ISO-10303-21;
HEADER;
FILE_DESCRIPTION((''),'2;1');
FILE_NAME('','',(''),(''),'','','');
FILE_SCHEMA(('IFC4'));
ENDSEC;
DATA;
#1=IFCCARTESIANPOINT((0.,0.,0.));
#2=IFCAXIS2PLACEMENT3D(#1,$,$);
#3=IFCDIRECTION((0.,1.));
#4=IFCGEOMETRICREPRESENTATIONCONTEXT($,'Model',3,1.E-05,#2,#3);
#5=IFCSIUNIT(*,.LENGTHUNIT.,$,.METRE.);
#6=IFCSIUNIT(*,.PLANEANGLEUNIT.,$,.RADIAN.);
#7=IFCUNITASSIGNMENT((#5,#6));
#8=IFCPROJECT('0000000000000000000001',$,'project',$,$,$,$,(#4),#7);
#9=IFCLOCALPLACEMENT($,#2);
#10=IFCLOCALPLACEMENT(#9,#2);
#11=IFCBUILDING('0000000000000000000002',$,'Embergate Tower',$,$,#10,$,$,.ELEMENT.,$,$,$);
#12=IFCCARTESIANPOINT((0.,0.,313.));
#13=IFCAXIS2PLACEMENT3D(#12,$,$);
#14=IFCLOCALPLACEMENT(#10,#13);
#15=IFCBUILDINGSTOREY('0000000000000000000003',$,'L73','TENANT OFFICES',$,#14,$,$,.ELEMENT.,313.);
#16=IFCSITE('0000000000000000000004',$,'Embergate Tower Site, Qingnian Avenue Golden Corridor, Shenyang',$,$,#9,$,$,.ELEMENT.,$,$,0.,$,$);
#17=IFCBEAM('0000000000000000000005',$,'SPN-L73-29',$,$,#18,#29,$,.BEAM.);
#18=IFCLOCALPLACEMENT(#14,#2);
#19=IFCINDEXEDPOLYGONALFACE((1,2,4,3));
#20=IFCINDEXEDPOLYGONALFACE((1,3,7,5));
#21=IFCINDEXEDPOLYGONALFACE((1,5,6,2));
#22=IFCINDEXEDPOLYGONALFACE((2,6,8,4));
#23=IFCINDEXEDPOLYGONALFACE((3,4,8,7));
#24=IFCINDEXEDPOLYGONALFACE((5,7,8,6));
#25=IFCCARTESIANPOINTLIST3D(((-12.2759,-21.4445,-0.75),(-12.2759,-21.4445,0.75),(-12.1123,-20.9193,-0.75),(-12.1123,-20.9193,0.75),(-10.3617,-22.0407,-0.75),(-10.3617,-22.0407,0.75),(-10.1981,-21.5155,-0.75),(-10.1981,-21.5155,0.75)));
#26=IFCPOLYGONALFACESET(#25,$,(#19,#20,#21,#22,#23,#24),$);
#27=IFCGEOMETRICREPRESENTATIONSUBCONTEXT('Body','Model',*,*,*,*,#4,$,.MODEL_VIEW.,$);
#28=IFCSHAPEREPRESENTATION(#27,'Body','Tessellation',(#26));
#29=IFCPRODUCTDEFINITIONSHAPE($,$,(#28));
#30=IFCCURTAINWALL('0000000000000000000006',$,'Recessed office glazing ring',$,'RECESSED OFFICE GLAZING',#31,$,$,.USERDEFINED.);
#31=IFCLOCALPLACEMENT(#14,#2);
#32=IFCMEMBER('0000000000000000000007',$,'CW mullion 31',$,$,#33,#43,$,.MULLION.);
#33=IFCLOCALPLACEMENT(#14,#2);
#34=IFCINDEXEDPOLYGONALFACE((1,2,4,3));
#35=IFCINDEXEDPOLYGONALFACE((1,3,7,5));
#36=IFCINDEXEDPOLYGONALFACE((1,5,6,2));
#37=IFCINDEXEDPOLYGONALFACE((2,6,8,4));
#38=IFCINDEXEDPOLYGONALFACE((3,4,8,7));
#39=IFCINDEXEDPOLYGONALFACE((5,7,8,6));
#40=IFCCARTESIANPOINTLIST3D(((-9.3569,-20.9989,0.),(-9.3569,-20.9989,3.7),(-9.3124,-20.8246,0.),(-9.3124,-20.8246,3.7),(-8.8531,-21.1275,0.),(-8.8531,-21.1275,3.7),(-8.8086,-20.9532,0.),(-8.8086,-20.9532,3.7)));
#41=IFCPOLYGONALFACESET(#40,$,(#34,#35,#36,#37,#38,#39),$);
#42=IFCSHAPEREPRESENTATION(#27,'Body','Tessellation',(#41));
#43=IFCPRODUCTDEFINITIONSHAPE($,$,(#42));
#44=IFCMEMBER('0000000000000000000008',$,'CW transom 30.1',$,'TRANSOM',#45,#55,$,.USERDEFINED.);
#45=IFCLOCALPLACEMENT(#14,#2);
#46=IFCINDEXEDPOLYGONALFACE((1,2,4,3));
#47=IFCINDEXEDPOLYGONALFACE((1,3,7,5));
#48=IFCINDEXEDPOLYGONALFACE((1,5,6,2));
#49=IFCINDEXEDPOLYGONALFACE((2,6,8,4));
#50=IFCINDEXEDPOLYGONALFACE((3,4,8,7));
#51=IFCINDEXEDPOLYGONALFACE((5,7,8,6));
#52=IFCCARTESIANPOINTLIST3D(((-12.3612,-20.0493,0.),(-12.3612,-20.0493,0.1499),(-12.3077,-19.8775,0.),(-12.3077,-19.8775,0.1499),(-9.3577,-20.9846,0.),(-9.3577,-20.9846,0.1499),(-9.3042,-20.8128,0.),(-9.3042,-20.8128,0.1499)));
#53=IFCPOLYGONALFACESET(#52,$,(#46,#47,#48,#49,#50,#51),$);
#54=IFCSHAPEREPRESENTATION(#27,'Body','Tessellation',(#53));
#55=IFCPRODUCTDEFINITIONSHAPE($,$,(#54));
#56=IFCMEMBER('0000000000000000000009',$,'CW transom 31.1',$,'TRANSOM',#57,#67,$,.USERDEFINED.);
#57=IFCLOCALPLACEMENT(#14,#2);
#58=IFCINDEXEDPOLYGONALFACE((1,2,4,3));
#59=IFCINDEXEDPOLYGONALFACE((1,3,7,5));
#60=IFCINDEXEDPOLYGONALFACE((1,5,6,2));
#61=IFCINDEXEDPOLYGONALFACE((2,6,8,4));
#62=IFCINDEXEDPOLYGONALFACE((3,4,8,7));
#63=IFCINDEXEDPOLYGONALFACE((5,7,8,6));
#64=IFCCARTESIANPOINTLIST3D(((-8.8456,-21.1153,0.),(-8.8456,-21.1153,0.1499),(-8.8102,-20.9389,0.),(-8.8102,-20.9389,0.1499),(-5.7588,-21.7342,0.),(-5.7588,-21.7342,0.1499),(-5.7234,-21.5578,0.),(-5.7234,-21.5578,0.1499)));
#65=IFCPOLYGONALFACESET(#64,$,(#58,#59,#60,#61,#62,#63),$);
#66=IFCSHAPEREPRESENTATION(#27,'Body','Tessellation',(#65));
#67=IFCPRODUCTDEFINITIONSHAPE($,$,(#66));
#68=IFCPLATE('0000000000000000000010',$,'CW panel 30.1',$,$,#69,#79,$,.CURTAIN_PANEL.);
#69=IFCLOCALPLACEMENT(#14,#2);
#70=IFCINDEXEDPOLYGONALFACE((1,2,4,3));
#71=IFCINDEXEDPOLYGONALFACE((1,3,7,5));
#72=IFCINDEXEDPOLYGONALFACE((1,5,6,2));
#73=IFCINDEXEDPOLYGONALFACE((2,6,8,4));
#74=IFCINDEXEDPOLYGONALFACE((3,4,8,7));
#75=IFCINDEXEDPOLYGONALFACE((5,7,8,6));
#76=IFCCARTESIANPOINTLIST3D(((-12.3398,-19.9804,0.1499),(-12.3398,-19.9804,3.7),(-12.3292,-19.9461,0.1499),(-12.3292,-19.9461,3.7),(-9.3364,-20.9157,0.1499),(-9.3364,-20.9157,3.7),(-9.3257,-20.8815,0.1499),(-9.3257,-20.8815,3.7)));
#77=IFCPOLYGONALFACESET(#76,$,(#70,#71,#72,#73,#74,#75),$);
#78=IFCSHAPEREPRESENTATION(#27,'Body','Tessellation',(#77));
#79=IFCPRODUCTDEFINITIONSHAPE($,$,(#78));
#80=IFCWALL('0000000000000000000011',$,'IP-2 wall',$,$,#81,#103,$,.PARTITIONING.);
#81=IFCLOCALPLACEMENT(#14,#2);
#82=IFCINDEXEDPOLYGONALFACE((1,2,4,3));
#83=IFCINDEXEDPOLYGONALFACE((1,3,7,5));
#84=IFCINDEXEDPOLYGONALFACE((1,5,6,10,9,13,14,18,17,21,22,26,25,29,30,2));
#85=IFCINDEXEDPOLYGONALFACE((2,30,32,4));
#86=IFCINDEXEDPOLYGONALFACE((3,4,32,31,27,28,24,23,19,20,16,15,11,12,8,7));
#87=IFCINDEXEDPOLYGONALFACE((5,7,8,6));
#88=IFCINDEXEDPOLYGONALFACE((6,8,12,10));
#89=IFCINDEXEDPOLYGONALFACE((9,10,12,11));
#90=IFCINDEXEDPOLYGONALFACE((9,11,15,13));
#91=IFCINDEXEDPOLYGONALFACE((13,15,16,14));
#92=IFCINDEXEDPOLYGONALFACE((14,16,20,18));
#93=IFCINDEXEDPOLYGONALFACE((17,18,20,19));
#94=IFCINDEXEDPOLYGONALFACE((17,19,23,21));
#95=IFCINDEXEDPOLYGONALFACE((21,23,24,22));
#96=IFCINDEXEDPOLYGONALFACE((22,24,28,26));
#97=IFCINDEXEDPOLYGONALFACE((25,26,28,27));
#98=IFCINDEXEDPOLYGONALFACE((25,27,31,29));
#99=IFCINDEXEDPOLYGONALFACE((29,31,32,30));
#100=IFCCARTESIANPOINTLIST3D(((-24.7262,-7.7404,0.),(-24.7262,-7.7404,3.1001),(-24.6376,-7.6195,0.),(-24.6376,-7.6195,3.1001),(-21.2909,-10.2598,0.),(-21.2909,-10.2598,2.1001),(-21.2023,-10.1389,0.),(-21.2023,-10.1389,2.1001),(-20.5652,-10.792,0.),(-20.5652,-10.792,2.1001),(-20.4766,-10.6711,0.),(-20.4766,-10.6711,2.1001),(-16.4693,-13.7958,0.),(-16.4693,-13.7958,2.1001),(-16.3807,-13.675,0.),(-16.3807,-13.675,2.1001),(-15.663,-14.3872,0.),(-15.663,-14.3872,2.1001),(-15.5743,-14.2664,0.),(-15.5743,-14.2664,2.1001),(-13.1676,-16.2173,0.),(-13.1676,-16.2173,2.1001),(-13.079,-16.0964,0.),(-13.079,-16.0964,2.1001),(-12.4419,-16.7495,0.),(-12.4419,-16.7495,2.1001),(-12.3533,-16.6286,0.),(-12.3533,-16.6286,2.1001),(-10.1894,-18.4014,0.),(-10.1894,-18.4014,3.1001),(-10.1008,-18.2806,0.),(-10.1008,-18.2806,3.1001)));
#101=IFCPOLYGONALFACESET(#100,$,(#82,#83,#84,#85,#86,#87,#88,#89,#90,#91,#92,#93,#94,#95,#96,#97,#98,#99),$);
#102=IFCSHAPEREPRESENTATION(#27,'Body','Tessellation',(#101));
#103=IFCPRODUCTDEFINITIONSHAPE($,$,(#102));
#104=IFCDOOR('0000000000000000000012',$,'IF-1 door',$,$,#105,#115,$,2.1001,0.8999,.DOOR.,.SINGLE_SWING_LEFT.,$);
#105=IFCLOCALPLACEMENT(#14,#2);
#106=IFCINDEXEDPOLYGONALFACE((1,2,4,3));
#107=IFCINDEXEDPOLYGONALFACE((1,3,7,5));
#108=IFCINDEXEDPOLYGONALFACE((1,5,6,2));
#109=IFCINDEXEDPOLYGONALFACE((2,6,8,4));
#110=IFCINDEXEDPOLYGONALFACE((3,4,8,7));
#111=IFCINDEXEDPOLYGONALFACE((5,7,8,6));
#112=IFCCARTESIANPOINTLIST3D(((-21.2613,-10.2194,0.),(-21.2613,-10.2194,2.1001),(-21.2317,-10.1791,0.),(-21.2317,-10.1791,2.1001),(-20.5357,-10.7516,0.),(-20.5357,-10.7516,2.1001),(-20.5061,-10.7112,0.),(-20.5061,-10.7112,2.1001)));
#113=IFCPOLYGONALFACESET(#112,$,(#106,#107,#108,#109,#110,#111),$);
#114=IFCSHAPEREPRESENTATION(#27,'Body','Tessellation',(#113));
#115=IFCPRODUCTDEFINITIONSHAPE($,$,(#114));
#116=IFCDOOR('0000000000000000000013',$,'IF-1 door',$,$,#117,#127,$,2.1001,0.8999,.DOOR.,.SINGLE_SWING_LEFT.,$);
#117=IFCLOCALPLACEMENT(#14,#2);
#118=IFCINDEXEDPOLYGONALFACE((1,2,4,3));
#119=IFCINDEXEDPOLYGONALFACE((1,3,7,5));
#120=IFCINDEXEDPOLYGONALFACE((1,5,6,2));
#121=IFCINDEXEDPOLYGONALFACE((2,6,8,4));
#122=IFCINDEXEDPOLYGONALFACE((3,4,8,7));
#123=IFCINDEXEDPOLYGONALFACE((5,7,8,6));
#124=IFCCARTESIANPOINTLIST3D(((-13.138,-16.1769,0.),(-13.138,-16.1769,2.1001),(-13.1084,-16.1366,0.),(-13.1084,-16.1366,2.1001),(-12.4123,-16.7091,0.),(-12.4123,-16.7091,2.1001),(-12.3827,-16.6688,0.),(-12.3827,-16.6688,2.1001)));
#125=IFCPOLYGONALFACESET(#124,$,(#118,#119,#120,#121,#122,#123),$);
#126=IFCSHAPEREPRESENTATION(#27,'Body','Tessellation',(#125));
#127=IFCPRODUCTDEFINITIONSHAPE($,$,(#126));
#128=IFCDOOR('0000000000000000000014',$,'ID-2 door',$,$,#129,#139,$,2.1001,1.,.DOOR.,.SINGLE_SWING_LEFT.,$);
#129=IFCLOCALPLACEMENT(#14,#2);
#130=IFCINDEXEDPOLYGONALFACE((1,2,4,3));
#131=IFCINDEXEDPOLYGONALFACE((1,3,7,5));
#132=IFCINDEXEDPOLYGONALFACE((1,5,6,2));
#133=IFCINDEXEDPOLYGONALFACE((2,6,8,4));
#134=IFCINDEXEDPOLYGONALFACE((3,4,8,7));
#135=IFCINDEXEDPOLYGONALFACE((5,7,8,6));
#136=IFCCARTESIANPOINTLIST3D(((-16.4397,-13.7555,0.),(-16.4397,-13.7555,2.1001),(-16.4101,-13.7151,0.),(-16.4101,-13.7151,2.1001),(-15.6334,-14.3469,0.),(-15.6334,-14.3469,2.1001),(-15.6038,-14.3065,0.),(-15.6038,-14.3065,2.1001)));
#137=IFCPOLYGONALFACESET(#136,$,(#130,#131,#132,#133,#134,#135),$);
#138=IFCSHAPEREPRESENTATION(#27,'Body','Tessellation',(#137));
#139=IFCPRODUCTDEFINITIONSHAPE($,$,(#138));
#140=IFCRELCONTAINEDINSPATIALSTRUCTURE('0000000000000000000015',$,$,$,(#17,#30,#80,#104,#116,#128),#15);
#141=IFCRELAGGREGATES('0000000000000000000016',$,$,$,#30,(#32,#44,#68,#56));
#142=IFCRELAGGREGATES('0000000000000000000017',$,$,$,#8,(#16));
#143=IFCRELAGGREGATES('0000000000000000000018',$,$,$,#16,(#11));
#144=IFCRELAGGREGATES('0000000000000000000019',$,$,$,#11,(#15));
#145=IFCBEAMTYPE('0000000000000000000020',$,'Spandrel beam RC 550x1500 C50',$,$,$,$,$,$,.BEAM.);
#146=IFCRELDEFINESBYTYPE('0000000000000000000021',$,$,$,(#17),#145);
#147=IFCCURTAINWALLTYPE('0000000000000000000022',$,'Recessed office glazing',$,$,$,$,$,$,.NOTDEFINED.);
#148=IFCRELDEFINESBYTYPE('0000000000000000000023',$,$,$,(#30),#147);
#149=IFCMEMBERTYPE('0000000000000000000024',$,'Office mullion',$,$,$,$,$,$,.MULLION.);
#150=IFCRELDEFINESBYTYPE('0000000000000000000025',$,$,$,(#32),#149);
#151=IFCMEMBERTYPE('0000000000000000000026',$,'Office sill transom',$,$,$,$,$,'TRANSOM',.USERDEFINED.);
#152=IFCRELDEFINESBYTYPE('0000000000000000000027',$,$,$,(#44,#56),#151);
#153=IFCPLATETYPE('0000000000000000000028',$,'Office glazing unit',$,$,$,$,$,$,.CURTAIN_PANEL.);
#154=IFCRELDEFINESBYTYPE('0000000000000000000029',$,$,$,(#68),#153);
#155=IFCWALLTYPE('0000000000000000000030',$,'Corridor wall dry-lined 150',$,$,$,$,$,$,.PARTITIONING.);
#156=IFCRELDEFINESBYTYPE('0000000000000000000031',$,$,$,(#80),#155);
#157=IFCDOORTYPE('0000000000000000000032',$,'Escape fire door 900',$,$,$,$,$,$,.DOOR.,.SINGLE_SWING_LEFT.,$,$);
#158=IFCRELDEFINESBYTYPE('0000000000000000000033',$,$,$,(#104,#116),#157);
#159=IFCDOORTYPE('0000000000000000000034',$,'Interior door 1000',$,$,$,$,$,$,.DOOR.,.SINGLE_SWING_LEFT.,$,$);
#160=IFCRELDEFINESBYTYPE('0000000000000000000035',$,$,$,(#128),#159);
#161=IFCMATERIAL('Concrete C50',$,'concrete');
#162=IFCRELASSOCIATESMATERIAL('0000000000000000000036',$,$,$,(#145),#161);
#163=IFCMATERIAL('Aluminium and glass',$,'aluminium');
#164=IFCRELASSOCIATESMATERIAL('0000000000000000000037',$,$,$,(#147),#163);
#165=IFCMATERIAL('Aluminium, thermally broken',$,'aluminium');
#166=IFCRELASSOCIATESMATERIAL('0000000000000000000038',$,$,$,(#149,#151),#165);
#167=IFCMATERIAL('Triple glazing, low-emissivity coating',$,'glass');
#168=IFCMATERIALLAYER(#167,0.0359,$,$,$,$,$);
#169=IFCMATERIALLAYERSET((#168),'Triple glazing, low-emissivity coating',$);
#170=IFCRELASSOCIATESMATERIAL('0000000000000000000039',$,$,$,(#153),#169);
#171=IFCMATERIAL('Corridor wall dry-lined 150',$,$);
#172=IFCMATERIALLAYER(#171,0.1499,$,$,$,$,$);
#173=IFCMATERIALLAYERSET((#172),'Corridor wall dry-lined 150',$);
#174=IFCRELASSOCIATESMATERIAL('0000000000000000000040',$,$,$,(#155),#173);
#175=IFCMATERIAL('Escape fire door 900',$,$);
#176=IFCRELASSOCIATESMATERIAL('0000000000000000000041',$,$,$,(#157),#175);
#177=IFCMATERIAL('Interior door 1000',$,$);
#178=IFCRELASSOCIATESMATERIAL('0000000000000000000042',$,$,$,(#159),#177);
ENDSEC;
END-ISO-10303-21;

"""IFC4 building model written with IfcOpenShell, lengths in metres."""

from ifc_helpers import new_model, si_unit, direction, frame, frame_2d, origin, origin_2d, place, context, subcontext, project, spatial, rectangle, extrude, source, transform, mapped, material, layer, layer_set, material_profile, profile_set, type_object, element, fill, aggregate, save


model = new_model("IFC4")

# Units and contexts
model_context = context("Model", 3, precision=1e-05, world=origin(), true_north=direction((0.0, 1.0)))
body_context = subcontext(model_context, "Body", "Model", "MODEL_VIEW")
ifc_project = project(units=[si_unit("LENGTHUNIT", "METRE"), si_unit("PLANEANGLEUNIT", "RADIAN")], contexts=[model_context])

# Site, building, storey
site_placement = place(None, origin())
site = spatial("IfcSite", under=ifc_project, at=site_placement, Name="Embergate Tower Site, Qingnian Avenue Golden Corridor, Shenyang", CompositionType="ELEMENT", RefElevation=0.0)
building_placement = place(site_placement, origin())
building = spatial("IfcBuilding", under=site, at=building_placement, Name="Embergate Tower", CompositionType="ELEMENT")
storey_placement = place(building_placement, frame((0.0, 0.0, 313.0)))
storey = spatial("IfcBuildingStorey", under=building, at=storey_placement, Name="L73", Description="TENANT OFFICES", CompositionType="ELEMENT", Elevation=313.0)

# Beam
ifc_material_1 = material(Name="Concrete C50", Category="concrete")
ifc_material_profile_1 = material_profile(ifc_material_1, rectangle(XDim=0.55, YDim=1.5, at=origin_2d()), Name="RC 550x1500")
ifc_profile_set_1 = profile_set([ifc_material_profile_1], Name="Concrete C50")
beam_type = type_object("IfcBeamType", Name="Spandrel beam RC 550x1500 C50", PredefinedType="BEAM", material=ifc_profile_set_1)
shared_shape_1 = source(origin(), body_context, "Body", "SweptSolid", [
    extrude(rectangle(XDim=0.55, YDim=1.5, at=origin_2d()), origin(), (0.0, 0.0, 1.0), 2.0049),
])
beam_placement = place(storey_placement, frame((-12.1941, -21.1819, 0.0), z_axis=(0.954757, -0.297387, 0.0), x_axis=(0.297387, 0.954757, 0.0)))
element("IfcBeam", 1, at=beam_placement, inside=storey, type_object=beam_type, Name="SPN-L73-29", PredefinedType="BEAM", context=body_context, shape_type="MappedRepresentation", body=[
    mapped(shared_shape_1, transform((0.0, 0.0, 0.0))),
])

# Curtain wall, members, plate
ifc_material_2 = material(Name="Aluminium and glass", Category="aluminium")
curtain_wall_type = type_object("IfcCurtainWallType", Name="Recessed office glazing", PredefinedType="NOTDEFINED", material=ifc_material_2)
curtain_wall_placement = place(storey_placement, origin())
curtain_wall = element("IfcCurtainWall", 2, at=curtain_wall_placement, inside=storey, type_object=curtain_wall_type, Name="Recessed office glazing ring", ObjectType="RECESSED OFFICE GLAZING", PredefinedType="USERDEFINED")
ifc_material_3 = material(Name="Aluminium, thermally broken", Category="aluminium")
ifc_material_profile_2 = material_profile(ifc_material_3, rectangle(XDim=0.1799, YDim=0.52, at=origin_2d()), Name="AL 520x180")
ifc_profile_set_2 = profile_set([ifc_material_profile_2], Name="Aluminium, thermally broken")
member_type_1 = type_object("IfcMemberType", Name="Office mullion", PredefinedType="MULLION", material=ifc_profile_set_2)
shared_shape_2 = source(origin(), body_context, "Body", "SweptSolid", [
    extrude(rectangle(XDim=0.1799, YDim=0.52, at=origin_2d()), origin(), (0.0, 0.0, 1.0), 3.7),
])
member_1_placement = place(storey_placement, frame((-9.0828, -20.9761, 0.0), z_axis=(0.0, 0.0, 1.0), x_axis=(0.24731, 0.968936, 0.0)))
member_1 = element("IfcMember", 3, at=member_1_placement, type_object=member_type_1, Name="CW mullion 31", PredefinedType="MULLION", context=body_context, shape_type="MappedRepresentation", body=[
    mapped(shared_shape_2, transform((0.0, 0.0, 0.0))),
])
ifc_material_profile_3 = material_profile(ifc_material_3, rectangle(XDim=0.1799, YDim=0.1499, at=origin_2d()), Name="AL 150x180")
ifc_profile_set_3 = profile_set([ifc_material_profile_3], Name="Aluminium, thermally broken")
member_type_2 = type_object("IfcMemberType", Name="Office sill transom", ElementType="TRANSOM", PredefinedType="USERDEFINED", material=ifc_profile_set_3)
shared_shape_3 = source(origin(), body_context, "Body", "SweptSolid", [
    extrude(rectangle(XDim=0.1799, YDim=0.1499, at=origin_2d()), origin(), (0.0, 0.0, 1.0), 3.1458),
])
member_2_placement = place(storey_placement, frame((-12.3345, -19.9634, 0.075), z_axis=(0.954775, -0.297329, 0.0), x_axis=(0.297329, 0.954775, 0.0)))
member_2 = element("IfcMember", 4, at=member_2_placement, type_object=member_type_2, Name="CW transom 30.1", ObjectType="TRANSOM", PredefinedType="USERDEFINED", context=body_context, shape_type="MappedRepresentation", body=[
    mapped(shared_shape_3, transform((0.0, 0.0, 0.0))),
])
shared_shape_4 = source(origin(), body_context, "Body", "SweptSolid", [
    extrude(rectangle(XDim=0.1799, YDim=0.1499, at=origin_2d()), origin(), (0.0, 0.0, 1.0), 3.1482),
])
member_3_placement = place(storey_placement, frame((-8.8279, -21.0271, 0.075), z_axis=(0.980485, -0.196593, 0.0), x_axis=(0.196593, 0.980485, 0.0)))
member_3 = element("IfcMember", 5, at=member_3_placement, type_object=member_type_2, Name="CW transom 31.1", ObjectType="TRANSOM", PredefinedType="USERDEFINED", context=body_context, shape_type="MappedRepresentation", body=[
    mapped(shared_shape_4, transform((0.0, 0.0, 0.0))),
])
ifc_material_4 = material(Name="Triple glazing, low-emissivity coating", Category="glass")
ifc_layer_1 = layer(ifc_material_4, 0.0359)
ifc_layer_set_1 = layer_set([ifc_layer_1], Name="Triple glazing, low-emissivity coating")
plate_type = type_object("IfcPlateType", Name="Office glazing unit", PredefinedType="CURTAIN_PANEL", material=ifc_layer_set_1)
shared_shape_5 = source(origin(), body_context, "Body", "SweptSolid", [
    extrude(rectangle(XDim=3.1458, YDim=0.0359, at=origin_2d()), origin(), (0.0, 0.0, 1.0), 3.55),
])
plate_placement = place(storey_placement, frame((-10.8328, -20.4309, 0.1499), z_axis=(0.0, 0.0, 1.0), x_axis=(0.954771, -0.297342, 0.0)))
plate = element("IfcPlate", 6, at=plate_placement, type_object=plate_type, Name="CW panel 30.1", PredefinedType="CURTAIN_PANEL", context=body_context, shape_type="MappedRepresentation", body=[
    mapped(shared_shape_5, transform((0.0, 0.0, 0.0))),
])
aggregate(curtain_wall, [member_1, member_2, plate, member_3])

# Wall, openings, doors
ifc_material_5 = material(Name="Corridor wall dry-lined 150")
ifc_layer_2 = layer(ifc_material_5, 0.1499)
ifc_layer_set_2 = layer_set([ifc_layer_2], Name="Corridor wall dry-lined 150")
wall_type_1 = type_object("IfcWallType", Name="Corridor wall dry-lined 150", PredefinedType="PARTITIONING", material=ifc_layer_set_2)
shared_shape_6 = source(origin(), body_context, "Body", "SweptSolid", [
    extrude(rectangle(XDim=18.0271, YDim=0.1499, at=frame_2d((9.0137, 0.0))), origin(), (0.0, 0.0, 1.0), 3.1001),
])
wall_1_placement = place(storey_placement, frame((-10.145, -18.3411, 0.0), z_axis=(0.0, 0.0, 1.0), x_axis=(-0.806385, 0.591391, 0.0)))
wall_1 = element("IfcWall", 7, at=wall_1_placement, inside=storey, type_object=wall_type_1, Name="IP-2 wall", PredefinedType="PARTITIONING", context=body_context, shape_type="MappedRepresentation", body=[
    mapped(shared_shape_6, transform((0.0, 0.0, 0.0))),
])
shared_shape_7 = source(origin(), body_context, "Body", "SweptSolid", [
    extrude(rectangle(XDim=0.8999, YDim=2.1001, at=frame_2d((0.45, 1.05))), frame((0.0, 0.085, 0.0), z_axis=(0.0, -1.0, 0.0), x_axis=(1.0, 0.0, 0.0)), (0.0, 0.0, 1.0), 0.1699),
])
opening_1_placement = place(wall_1_placement, frame((12.8672, 0.0, 0.0)))
opening_1 = element("IfcOpeningElement", 8, at=opening_1_placement, cuts=wall_1, PredefinedType="OPENING", context=body_context, shape_type="MappedRepresentation", body=[
    mapped(shared_shape_7, transform((0.0, 0.0, 0.0))),
])
shared_shape_8 = source(origin(), body_context, "Body", "SweptSolid", [
    extrude(rectangle(XDim=1.0, YDim=2.1001, at=frame_2d((0.5, 1.05))), frame((0.0, 0.085, 0.0), z_axis=(0.0, -1.0, 0.0), x_axis=(1.0, 0.0, 0.0)), (0.0, 0.0, 1.0), 0.1699),
])
opening_2_placement = place(wall_1_placement, frame((6.7878, 0.0, 0.0)))
opening_2 = element("IfcOpeningElement", 9, at=opening_2_placement, cuts=wall_1, PredefinedType="OPENING", context=body_context, shape_type="MappedRepresentation", body=[
    mapped(shared_shape_8, transform((0.0, 0.0, 0.0))),
])
opening_3_placement = place(wall_1_placement, frame((2.7935, 0.0, 0.0)))
opening_3 = element("IfcOpeningElement", 10, at=opening_3_placement, cuts=wall_1, PredefinedType="OPENING", context=body_context, shape_type="MappedRepresentation", body=[
    mapped(shared_shape_7, transform((0.0, 0.0, 0.0))),
])
ifc_material_6 = material(Name="Escape fire door 900")
door_type_1 = type_object("IfcDoorType", Name="Escape fire door 900", OperationType="SINGLE_SWING_LEFT", PredefinedType="DOOR", material=ifc_material_6)
shared_shape_9 = source(origin(), body_context, "Body", "SweptSolid", [
    extrude(rectangle(XDim=0.8999, YDim=2.1001, at=frame_2d((0.45, 1.05))), frame((0.0, 0.0249, 0.0), z_axis=(0.0, -1.0, 0.0), x_axis=(1.0, 0.0, 0.0)), (0.0, 0.0, 1.0), 0.05),
])
door_1_placement = place(opening_1_placement, origin())
door_1 = element("IfcDoor", 11, at=door_1_placement, inside=storey, type_object=door_type_1, Name="IF-1 door", OperationType="SINGLE_SWING_LEFT", OverallHeight=2.1001, OverallWidth=0.8999, PredefinedType="DOOR", context=body_context, shape_type="MappedRepresentation", body=[
    mapped(shared_shape_9, transform((0.0, 0.0, 0.0))),
])
fill(opening_1, door_1)
door_2_placement = place(opening_3_placement, origin())
door_2 = element("IfcDoor", 12, at=door_2_placement, inside=storey, type_object=door_type_1, Name="IF-1 door", OperationType="SINGLE_SWING_LEFT", OverallHeight=2.1001, OverallWidth=0.8999, PredefinedType="DOOR", context=body_context, shape_type="MappedRepresentation", body=[
    mapped(shared_shape_9, transform((0.0, 0.0, 0.0))),
])
fill(opening_3, door_2)
ifc_material_7 = material(Name="Interior door 1000")
door_type_2 = type_object("IfcDoorType", Name="Interior door 1000", OperationType="SINGLE_SWING_LEFT", PredefinedType="DOOR", material=ifc_material_7)
shared_shape_10 = source(origin(), body_context, "Body", "SweptSolid", [
    extrude(rectangle(XDim=1.0, YDim=2.1001, at=frame_2d((0.5, 1.05))), frame((0.0, 0.0249, 0.0), z_axis=(0.0, -1.0, 0.0), x_axis=(1.0, 0.0, 0.0)), (0.0, 0.0, 1.0), 0.05),
])
door_3_placement = place(opening_2_placement, origin())
door_3 = element("IfcDoor", 13, at=door_3_placement, inside=storey, type_object=door_type_2, Name="ID-2 door", OperationType="SINGLE_SWING_LEFT", OverallHeight=2.1001, OverallWidth=1.0, PredefinedType="DOOR", context=body_context, shape_type="MappedRepresentation", body=[
    mapped(shared_shape_10, transform((0.0, 0.0, 0.0))),
])
fill(opening_2, door_3)

save(model, "model.ifc")
